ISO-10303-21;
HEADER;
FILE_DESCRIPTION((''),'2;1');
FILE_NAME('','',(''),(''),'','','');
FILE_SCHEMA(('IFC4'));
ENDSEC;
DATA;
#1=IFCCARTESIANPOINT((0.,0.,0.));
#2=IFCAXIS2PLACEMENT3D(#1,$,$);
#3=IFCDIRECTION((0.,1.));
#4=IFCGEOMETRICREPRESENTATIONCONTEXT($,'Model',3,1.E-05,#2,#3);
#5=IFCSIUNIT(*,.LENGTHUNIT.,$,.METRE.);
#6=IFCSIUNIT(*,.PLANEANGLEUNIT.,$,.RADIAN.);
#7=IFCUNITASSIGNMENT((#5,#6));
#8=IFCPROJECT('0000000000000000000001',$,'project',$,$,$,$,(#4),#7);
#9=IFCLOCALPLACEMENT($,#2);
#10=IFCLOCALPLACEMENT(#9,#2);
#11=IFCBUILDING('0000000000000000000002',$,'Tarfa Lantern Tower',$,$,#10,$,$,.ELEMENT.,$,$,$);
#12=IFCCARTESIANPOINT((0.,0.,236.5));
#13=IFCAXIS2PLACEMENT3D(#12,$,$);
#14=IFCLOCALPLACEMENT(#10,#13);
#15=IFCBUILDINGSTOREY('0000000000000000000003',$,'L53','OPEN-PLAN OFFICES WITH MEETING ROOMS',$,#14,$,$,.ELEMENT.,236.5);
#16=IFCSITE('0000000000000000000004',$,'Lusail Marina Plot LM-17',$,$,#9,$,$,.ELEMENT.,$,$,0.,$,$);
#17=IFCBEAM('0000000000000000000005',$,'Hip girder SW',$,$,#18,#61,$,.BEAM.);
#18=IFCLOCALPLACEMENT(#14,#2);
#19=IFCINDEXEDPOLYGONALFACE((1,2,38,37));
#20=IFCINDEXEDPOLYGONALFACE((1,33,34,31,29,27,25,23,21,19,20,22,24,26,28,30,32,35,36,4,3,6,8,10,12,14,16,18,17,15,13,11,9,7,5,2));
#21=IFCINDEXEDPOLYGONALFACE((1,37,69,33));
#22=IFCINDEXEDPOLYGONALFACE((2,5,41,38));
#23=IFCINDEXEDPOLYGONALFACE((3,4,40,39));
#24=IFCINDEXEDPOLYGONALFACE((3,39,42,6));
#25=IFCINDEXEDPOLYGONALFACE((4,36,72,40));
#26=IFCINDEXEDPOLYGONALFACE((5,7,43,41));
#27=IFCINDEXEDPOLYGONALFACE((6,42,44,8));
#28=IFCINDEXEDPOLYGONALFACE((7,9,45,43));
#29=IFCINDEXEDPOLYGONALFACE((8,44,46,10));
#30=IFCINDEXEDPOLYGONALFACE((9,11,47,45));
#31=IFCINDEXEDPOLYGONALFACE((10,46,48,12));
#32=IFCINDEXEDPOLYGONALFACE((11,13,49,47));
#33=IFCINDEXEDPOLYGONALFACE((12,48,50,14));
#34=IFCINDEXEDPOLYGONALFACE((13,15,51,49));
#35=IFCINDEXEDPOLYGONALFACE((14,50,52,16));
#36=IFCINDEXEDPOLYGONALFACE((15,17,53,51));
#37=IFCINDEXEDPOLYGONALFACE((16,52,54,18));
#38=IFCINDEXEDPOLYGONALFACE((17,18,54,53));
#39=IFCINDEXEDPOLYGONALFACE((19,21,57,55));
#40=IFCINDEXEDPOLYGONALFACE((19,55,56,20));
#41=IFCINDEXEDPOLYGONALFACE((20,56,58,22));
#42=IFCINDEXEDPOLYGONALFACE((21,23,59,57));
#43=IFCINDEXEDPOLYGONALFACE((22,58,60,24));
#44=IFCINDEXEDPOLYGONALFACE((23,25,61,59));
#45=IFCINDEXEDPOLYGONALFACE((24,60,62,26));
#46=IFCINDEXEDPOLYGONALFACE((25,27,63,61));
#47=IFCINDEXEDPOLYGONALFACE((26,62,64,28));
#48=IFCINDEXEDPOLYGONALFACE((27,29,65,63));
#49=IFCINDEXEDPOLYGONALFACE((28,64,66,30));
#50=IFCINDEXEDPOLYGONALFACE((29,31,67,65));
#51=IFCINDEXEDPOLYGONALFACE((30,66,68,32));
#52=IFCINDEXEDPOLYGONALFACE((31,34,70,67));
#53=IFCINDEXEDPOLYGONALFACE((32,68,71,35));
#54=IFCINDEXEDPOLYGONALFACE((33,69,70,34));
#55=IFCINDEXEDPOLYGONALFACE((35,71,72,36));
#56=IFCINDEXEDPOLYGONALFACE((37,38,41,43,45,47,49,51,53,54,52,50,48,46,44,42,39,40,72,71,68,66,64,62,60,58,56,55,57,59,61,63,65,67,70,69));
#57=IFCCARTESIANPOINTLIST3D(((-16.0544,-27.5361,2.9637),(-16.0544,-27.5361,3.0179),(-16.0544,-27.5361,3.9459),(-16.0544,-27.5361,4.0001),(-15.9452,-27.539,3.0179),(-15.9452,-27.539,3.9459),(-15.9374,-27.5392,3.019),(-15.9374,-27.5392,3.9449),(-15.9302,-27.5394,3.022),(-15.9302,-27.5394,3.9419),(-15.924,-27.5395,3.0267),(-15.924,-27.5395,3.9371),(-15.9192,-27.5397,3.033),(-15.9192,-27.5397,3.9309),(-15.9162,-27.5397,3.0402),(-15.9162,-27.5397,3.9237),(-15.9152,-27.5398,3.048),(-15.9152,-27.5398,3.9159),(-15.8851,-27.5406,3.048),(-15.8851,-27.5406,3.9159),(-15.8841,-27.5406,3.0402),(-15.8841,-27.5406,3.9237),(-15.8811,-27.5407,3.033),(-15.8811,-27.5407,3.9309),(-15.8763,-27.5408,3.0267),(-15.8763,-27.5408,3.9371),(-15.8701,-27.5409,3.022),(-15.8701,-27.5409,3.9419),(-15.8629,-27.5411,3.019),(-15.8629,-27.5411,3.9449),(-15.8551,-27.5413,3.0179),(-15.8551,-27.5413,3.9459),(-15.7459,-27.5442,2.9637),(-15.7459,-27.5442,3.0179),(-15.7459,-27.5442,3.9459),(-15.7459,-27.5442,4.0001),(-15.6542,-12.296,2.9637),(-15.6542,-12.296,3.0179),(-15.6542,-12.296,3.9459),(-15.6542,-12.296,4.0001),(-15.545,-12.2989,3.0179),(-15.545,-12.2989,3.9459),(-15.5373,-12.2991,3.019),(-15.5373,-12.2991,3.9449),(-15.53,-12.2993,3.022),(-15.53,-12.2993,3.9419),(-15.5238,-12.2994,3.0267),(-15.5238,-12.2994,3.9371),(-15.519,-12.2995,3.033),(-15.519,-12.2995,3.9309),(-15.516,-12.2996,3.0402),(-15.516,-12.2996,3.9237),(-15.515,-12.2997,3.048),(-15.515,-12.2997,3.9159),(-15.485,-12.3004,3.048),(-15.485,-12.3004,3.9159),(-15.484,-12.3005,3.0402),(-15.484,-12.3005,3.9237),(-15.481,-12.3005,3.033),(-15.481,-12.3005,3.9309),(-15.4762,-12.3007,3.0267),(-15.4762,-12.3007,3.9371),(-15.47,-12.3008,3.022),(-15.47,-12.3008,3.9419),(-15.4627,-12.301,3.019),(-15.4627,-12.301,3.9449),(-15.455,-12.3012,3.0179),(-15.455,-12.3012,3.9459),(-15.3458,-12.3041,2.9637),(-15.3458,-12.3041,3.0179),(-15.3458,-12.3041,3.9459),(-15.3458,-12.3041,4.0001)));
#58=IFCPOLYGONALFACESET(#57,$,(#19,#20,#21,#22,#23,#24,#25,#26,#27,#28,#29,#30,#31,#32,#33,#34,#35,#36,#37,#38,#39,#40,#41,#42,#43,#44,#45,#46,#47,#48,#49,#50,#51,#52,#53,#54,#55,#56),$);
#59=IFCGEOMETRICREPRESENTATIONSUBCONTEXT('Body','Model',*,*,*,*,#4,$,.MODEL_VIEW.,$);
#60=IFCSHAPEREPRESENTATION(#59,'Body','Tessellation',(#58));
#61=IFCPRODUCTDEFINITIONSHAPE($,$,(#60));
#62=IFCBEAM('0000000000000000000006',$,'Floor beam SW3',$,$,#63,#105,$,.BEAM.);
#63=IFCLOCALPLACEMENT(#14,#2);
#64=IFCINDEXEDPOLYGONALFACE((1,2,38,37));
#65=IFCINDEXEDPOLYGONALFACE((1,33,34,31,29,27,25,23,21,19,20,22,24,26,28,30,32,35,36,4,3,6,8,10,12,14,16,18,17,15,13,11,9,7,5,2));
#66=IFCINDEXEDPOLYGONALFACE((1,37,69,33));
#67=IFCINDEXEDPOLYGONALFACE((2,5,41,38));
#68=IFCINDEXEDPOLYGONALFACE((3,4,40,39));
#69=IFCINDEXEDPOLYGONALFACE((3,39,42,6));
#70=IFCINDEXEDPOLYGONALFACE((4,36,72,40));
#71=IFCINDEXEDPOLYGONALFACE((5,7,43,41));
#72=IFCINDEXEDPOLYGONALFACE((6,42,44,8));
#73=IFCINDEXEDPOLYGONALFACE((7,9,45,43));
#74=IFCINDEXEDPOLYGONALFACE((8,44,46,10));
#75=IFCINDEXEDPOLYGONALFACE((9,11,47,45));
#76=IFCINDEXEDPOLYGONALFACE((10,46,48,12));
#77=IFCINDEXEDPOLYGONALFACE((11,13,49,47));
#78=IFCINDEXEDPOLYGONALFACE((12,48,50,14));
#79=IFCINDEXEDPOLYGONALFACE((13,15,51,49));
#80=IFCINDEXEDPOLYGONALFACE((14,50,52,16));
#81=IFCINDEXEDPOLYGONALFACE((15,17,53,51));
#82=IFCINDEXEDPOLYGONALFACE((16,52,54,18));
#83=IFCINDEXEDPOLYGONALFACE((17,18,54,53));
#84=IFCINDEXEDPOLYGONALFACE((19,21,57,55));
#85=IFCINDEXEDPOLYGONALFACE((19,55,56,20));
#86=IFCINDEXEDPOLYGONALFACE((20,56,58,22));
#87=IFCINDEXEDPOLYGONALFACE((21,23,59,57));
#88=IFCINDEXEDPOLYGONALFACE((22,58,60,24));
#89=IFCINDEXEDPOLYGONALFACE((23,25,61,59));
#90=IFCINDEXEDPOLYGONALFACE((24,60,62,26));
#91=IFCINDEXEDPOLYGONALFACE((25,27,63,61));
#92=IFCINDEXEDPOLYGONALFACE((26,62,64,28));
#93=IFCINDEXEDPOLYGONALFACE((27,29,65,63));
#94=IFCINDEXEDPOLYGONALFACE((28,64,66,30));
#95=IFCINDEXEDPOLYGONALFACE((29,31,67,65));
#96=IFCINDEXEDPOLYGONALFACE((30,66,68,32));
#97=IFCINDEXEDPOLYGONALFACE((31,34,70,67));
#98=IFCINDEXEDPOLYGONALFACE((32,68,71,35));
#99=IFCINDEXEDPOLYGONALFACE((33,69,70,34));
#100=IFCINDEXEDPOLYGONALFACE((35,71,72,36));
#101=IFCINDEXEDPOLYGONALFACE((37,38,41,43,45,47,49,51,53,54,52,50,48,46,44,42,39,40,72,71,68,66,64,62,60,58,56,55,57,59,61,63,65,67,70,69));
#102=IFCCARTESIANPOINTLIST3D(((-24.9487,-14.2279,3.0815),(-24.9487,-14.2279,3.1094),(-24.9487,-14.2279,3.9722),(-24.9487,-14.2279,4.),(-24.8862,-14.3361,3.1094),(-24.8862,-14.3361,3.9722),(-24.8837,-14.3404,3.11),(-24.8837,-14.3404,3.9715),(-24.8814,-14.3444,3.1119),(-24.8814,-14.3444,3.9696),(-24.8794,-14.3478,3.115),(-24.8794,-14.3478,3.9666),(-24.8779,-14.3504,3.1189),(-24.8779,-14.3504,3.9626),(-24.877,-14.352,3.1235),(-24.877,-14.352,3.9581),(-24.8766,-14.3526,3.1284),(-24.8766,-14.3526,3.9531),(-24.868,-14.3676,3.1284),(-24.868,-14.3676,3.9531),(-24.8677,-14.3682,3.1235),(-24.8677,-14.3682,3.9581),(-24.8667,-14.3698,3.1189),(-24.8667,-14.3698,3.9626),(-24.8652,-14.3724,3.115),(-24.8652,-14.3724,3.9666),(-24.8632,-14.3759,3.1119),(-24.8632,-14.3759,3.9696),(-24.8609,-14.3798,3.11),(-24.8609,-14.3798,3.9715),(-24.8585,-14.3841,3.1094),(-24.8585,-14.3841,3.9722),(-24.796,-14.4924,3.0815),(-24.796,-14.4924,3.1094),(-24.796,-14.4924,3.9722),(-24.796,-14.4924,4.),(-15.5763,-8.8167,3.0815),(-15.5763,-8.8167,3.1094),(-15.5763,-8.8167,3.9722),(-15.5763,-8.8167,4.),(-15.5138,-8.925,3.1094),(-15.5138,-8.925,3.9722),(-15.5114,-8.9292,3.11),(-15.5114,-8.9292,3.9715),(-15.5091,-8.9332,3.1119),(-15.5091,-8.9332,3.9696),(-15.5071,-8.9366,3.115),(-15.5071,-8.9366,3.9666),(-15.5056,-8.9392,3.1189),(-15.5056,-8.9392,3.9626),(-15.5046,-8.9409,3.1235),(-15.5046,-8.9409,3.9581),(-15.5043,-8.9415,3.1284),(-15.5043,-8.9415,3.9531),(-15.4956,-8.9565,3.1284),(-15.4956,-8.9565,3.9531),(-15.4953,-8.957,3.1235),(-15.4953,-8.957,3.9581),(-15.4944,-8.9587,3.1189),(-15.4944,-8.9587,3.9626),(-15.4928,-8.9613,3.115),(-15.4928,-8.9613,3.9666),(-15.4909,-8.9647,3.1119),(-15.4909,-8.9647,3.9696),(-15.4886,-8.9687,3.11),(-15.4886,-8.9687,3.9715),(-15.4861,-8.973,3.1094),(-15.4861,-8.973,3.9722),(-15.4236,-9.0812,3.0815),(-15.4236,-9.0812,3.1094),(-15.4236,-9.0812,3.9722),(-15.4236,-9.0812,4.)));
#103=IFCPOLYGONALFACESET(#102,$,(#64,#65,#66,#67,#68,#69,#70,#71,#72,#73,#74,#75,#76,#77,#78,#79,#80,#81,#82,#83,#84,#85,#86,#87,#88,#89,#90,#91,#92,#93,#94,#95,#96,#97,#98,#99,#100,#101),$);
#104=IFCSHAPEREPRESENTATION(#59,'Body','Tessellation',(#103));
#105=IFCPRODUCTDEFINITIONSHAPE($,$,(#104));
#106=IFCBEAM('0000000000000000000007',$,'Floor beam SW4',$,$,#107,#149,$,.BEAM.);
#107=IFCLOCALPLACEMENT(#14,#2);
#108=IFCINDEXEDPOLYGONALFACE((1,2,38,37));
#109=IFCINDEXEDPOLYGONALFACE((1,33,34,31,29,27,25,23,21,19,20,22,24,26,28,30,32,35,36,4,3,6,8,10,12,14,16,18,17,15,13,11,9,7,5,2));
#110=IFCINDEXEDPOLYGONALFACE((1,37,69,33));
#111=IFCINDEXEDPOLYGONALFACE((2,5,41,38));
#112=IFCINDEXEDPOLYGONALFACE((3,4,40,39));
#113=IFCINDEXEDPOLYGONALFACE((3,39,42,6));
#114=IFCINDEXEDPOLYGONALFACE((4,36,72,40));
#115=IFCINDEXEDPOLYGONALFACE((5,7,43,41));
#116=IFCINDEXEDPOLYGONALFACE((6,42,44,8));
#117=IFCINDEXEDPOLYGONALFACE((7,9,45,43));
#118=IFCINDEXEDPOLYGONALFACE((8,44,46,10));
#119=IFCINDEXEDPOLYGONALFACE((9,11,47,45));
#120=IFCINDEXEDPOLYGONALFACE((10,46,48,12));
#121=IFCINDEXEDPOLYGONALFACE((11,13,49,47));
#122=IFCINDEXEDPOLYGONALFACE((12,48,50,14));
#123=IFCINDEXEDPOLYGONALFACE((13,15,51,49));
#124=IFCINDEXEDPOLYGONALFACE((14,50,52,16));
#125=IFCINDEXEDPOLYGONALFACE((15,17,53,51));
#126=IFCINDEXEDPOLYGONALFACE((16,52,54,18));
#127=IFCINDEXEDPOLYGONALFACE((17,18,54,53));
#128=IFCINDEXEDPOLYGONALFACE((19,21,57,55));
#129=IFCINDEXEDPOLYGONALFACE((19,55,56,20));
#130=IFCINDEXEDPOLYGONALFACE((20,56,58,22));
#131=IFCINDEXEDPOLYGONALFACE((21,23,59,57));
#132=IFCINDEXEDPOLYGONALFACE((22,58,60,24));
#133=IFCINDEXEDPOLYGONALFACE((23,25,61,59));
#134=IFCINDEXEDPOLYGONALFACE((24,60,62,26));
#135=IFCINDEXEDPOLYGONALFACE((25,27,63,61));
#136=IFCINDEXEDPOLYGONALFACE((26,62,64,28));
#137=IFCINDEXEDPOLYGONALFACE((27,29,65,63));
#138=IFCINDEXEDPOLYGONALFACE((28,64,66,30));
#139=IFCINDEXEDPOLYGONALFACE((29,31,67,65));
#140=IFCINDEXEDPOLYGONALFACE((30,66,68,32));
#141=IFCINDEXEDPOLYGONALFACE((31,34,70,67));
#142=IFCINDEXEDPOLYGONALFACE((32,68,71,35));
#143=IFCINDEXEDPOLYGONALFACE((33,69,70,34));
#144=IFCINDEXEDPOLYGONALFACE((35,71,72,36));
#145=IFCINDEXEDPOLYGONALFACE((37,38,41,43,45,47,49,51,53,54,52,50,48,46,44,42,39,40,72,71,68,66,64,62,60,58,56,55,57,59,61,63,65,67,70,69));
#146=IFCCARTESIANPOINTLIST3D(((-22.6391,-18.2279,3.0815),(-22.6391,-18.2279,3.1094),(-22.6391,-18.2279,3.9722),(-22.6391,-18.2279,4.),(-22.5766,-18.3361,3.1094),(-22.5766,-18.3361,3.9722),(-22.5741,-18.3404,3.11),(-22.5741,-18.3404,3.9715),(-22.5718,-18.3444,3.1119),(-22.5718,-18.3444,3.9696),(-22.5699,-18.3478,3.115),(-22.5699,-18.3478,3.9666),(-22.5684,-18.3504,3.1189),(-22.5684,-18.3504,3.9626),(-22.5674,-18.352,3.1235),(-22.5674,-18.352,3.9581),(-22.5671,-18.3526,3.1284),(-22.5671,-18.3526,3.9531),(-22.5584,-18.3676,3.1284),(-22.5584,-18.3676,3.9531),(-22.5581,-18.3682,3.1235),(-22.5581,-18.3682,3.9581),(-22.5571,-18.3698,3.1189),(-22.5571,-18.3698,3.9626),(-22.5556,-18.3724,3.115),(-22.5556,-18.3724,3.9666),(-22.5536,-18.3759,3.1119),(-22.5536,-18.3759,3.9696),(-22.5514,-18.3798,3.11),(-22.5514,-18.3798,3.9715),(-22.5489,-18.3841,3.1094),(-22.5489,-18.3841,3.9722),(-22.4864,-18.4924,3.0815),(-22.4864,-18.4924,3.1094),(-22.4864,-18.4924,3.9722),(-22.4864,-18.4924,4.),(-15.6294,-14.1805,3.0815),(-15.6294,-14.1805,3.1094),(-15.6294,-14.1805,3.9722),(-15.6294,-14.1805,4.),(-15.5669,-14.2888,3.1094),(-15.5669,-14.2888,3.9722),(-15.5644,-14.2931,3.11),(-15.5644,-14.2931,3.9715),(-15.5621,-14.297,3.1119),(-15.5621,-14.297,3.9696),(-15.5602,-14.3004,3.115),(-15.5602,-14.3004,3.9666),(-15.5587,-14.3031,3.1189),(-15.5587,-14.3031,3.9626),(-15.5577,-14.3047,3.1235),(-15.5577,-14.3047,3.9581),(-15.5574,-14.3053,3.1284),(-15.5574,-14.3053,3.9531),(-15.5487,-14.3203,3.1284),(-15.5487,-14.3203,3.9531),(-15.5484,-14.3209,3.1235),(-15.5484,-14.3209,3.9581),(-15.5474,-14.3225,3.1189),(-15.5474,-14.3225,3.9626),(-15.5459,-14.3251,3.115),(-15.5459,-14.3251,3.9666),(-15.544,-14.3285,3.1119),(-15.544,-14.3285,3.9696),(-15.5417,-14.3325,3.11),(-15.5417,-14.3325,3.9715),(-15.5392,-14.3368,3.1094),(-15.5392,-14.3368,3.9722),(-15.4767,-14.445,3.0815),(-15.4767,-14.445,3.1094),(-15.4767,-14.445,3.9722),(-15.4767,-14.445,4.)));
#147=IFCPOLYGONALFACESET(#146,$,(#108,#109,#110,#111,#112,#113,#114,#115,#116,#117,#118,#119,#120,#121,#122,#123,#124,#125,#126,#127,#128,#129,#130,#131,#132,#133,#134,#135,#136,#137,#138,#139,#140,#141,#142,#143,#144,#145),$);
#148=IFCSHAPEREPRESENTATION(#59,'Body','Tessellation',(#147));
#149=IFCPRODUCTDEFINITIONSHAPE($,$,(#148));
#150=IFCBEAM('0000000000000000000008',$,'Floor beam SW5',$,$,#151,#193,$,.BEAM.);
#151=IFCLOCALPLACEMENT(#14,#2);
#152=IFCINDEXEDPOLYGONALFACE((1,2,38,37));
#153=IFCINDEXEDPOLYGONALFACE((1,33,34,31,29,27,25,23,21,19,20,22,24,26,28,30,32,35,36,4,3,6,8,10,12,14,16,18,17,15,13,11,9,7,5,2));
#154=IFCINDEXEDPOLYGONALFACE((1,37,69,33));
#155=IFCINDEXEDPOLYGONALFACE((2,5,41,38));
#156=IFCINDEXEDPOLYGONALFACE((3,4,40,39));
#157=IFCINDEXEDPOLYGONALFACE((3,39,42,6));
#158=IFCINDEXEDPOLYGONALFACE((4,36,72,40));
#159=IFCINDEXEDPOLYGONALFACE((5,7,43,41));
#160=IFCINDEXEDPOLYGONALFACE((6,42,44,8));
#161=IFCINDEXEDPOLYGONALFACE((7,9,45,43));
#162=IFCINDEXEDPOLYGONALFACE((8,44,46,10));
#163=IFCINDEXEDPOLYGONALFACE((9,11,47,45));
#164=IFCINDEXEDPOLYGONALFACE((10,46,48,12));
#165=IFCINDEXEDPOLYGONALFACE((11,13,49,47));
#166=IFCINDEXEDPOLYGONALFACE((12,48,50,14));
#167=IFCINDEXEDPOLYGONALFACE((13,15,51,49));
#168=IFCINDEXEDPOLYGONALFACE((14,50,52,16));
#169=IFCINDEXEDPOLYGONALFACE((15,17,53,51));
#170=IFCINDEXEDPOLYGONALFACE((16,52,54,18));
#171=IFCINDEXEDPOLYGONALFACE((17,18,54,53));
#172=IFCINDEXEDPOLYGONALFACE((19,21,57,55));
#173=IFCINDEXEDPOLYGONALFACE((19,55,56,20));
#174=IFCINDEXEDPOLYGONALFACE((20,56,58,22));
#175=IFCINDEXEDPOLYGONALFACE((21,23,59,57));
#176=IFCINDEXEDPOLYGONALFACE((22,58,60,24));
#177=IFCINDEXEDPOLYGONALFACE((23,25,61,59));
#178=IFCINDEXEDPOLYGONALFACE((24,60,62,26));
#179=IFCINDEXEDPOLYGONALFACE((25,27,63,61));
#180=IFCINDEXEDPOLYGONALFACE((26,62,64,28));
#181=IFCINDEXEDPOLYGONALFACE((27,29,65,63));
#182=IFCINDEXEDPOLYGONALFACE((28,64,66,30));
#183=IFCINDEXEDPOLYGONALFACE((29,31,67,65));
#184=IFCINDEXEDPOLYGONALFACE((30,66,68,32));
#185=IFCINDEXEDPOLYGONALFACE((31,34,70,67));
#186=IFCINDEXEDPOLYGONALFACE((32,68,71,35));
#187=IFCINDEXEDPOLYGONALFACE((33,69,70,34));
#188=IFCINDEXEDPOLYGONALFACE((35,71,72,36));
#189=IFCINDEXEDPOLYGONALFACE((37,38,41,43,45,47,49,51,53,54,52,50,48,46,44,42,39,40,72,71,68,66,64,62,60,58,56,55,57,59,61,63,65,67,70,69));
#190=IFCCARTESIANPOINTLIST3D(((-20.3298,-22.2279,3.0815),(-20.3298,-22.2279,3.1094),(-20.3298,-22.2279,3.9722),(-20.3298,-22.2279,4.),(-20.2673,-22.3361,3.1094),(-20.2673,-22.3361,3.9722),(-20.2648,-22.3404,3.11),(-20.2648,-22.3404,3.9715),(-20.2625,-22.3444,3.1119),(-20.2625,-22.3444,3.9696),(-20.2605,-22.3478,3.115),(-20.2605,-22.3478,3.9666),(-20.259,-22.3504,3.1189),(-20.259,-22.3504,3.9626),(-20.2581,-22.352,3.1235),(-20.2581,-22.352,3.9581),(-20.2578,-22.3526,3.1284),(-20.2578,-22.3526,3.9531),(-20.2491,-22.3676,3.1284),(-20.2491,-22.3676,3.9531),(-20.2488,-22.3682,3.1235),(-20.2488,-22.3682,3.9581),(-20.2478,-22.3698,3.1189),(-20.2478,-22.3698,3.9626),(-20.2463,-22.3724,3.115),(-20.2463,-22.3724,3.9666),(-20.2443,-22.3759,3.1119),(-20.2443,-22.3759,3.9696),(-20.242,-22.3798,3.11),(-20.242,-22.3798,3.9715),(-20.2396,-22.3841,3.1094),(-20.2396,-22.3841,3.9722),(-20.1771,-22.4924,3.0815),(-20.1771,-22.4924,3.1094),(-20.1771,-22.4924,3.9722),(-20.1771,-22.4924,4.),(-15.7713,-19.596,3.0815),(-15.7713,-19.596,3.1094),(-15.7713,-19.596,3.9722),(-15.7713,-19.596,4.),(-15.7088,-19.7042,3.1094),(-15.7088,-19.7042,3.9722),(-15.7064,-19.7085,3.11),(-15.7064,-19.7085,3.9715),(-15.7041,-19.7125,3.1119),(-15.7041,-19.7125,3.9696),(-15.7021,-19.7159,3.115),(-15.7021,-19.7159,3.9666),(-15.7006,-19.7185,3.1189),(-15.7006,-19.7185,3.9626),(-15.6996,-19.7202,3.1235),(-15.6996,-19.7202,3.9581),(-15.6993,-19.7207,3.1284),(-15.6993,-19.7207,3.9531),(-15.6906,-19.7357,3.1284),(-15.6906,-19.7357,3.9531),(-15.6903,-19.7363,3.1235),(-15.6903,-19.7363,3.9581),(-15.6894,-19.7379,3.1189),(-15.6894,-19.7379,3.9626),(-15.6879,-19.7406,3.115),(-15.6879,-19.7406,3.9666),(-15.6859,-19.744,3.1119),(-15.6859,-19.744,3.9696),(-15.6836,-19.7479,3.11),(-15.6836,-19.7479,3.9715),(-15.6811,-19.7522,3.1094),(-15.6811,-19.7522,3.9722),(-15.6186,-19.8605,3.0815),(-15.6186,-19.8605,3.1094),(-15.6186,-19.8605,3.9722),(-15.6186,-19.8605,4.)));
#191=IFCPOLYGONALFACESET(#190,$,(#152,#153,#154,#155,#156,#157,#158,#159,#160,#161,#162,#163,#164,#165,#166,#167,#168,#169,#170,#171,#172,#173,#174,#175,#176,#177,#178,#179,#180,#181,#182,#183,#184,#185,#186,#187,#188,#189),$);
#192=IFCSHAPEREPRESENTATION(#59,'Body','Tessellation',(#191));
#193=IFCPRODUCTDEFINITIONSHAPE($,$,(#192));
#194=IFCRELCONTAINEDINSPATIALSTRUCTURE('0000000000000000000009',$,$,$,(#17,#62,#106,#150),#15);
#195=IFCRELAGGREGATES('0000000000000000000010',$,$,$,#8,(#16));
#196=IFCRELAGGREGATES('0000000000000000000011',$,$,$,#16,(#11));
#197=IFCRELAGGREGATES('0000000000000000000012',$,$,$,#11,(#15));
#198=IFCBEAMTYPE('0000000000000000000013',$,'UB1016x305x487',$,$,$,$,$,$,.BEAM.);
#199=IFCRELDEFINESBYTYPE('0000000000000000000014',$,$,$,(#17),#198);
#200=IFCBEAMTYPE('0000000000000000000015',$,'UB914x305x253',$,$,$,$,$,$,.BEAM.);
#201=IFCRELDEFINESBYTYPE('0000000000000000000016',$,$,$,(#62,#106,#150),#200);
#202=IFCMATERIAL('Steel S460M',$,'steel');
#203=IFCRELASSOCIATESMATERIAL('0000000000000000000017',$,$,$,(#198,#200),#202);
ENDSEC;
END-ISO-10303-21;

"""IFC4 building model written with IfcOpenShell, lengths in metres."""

from ifc_helpers import new_model, si_unit, direction, frame, origin, origin_2d, place, context, subcontext, project, spatial, i_section, extrude, material, material_profile, profile_set, type_object, element, save


model = new_model("IFC4")

# Units and contexts
model_context = context("Model", 3, precision=1e-05, world=origin(), true_north=direction((0.0, 1.0)))
body_context = subcontext(model_context, "Body", "Model", "MODEL_VIEW")
ifc_project = project(units=[si_unit("LENGTHUNIT", "METRE"), si_unit("PLANEANGLEUNIT", "RADIAN")], contexts=[model_context])

# Site, building, storey
site_placement = place(None, origin())
site = spatial("IfcSite", under=ifc_project, at=site_placement, Name="Lusail Marina Plot LM-17", CompositionType="ELEMENT", RefElevation=0.0)
building_placement = place(site_placement, origin())
building = spatial("IfcBuilding", under=site, at=building_placement, Name="Tarfa Lantern Tower", CompositionType="ELEMENT")
storey_placement = place(building_placement, frame((0.0, 0.0, 236.5)))
storey = spatial("IfcBuildingStorey", under=building, at=storey_placement, Name="L53", Description="OPEN-PLAN OFFICES WITH MEETING ROOMS", CompositionType="ELEMENT", Elevation=236.5)

# Beams
ifc_material_1 = material(Name="Steel S460M", Category="steel")
ifc_material_profile_1 = material_profile(ifc_material_1, i_section(OverallWidth=0.3086, OverallDepth=1.0364, WebThickness=0.03, FlangeThickness=0.0542, FilletRadius=0.03, at=origin_2d()), Name="UB1016x305x487")
ifc_profile_set_1 = profile_set([ifc_material_profile_1], Name="Steel S460M")
beam_type_1 = type_object("IfcBeamType", Name="UB1016x305x487", PredefinedType="BEAM", material=ifc_profile_set_1)
beam_1_placement = place(storey_placement, frame((-15.5, -12.3, 3.4819), z_axis=(-0.026247, -0.999655, 0.0), x_axis=(0.999655, -0.026247, 0.0)))
element("IfcBeam", 1, at=beam_1_placement, inside=storey, type_object=beam_type_1, Name="Hip girder SW", PredefinedType="BEAM", context=body_context, shape_type="SweptSolid", body=[
    extrude(i_section(OverallWidth=0.3086, OverallDepth=1.0364, WebThickness=0.03, FlangeThickness=0.0542, FilletRadius=0.03, at=origin_2d()), origin(), (0.0, 0.0, 1.0), 15.2454),
])
ifc_material_profile_2 = material_profile(ifc_material_1, i_section(OverallWidth=0.3054, OverallDepth=0.9185, WebThickness=0.0173, FlangeThickness=0.0278, FilletRadius=0.019, at=origin_2d()), Name="UB914x305x253")
ifc_profile_set_2 = profile_set([ifc_material_profile_2], Name="Steel S460M")
beam_type_2 = type_object("IfcBeamType", Name="UB914x305x253", PredefinedType="BEAM", material=ifc_profile_set_2)
beam_2_placement = place(storey_placement, frame((-24.8723, -14.3601, 3.5408), z_axis=(0.866024, 0.500002, 0.0), x_axis=(-0.500002, 0.866024, 0.0)))
element("IfcBeam", 2, at=beam_2_placement, inside=storey, type_object=beam_type_2, Name="Floor beam SW3", PredefinedType="BEAM", context=body_context, shape_type="SweptSolid", body=[
    extrude(i_section(OverallWidth=0.3054, OverallDepth=0.9185, WebThickness=0.0173, FlangeThickness=0.0278, FilletRadius=0.019, at=origin_2d()), origin(), (0.0, 0.0, 1.0), 10.8223),
])
beam_3_placement = place(storey_placement, frame((-22.5627, -18.3601, 3.5408), z_axis=(0.866011, 0.500025, 0.0), x_axis=(-0.500025, 0.866011, 0.0)))
element("IfcBeam", 3, at=beam_3_placement, inside=storey, type_object=beam_type_2, Name="Floor beam SW4", PredefinedType="BEAM", context=body_context, shape_type="SweptSolid", body=[
    extrude(i_section(OverallWidth=0.3054, OverallDepth=0.9185, WebThickness=0.0173, FlangeThickness=0.0278, FilletRadius=0.019, at=origin_2d()), origin(), (0.0, 0.0, 1.0), 8.0942),
])
beam_4_placement = place(storey_placement, frame((-20.2534, -22.3601, 3.5408), z_axis=(0.86602, 0.50001, 0.0), x_axis=(-0.50001, 0.86602, 0.0)))
element("IfcBeam", 4, at=beam_4_placement, inside=storey, type_object=beam_type_2, Name="Floor beam SW5", PredefinedType="BEAM", context=body_context, shape_type="SweptSolid", body=[
    extrude(i_section(OverallWidth=0.3054, OverallDepth=0.9185, WebThickness=0.0173, FlangeThickness=0.0278, FilletRadius=0.019, at=origin_2d()), origin(), (0.0, 0.0, 1.0), 5.2637),
])

save(model, "model.ifc")
